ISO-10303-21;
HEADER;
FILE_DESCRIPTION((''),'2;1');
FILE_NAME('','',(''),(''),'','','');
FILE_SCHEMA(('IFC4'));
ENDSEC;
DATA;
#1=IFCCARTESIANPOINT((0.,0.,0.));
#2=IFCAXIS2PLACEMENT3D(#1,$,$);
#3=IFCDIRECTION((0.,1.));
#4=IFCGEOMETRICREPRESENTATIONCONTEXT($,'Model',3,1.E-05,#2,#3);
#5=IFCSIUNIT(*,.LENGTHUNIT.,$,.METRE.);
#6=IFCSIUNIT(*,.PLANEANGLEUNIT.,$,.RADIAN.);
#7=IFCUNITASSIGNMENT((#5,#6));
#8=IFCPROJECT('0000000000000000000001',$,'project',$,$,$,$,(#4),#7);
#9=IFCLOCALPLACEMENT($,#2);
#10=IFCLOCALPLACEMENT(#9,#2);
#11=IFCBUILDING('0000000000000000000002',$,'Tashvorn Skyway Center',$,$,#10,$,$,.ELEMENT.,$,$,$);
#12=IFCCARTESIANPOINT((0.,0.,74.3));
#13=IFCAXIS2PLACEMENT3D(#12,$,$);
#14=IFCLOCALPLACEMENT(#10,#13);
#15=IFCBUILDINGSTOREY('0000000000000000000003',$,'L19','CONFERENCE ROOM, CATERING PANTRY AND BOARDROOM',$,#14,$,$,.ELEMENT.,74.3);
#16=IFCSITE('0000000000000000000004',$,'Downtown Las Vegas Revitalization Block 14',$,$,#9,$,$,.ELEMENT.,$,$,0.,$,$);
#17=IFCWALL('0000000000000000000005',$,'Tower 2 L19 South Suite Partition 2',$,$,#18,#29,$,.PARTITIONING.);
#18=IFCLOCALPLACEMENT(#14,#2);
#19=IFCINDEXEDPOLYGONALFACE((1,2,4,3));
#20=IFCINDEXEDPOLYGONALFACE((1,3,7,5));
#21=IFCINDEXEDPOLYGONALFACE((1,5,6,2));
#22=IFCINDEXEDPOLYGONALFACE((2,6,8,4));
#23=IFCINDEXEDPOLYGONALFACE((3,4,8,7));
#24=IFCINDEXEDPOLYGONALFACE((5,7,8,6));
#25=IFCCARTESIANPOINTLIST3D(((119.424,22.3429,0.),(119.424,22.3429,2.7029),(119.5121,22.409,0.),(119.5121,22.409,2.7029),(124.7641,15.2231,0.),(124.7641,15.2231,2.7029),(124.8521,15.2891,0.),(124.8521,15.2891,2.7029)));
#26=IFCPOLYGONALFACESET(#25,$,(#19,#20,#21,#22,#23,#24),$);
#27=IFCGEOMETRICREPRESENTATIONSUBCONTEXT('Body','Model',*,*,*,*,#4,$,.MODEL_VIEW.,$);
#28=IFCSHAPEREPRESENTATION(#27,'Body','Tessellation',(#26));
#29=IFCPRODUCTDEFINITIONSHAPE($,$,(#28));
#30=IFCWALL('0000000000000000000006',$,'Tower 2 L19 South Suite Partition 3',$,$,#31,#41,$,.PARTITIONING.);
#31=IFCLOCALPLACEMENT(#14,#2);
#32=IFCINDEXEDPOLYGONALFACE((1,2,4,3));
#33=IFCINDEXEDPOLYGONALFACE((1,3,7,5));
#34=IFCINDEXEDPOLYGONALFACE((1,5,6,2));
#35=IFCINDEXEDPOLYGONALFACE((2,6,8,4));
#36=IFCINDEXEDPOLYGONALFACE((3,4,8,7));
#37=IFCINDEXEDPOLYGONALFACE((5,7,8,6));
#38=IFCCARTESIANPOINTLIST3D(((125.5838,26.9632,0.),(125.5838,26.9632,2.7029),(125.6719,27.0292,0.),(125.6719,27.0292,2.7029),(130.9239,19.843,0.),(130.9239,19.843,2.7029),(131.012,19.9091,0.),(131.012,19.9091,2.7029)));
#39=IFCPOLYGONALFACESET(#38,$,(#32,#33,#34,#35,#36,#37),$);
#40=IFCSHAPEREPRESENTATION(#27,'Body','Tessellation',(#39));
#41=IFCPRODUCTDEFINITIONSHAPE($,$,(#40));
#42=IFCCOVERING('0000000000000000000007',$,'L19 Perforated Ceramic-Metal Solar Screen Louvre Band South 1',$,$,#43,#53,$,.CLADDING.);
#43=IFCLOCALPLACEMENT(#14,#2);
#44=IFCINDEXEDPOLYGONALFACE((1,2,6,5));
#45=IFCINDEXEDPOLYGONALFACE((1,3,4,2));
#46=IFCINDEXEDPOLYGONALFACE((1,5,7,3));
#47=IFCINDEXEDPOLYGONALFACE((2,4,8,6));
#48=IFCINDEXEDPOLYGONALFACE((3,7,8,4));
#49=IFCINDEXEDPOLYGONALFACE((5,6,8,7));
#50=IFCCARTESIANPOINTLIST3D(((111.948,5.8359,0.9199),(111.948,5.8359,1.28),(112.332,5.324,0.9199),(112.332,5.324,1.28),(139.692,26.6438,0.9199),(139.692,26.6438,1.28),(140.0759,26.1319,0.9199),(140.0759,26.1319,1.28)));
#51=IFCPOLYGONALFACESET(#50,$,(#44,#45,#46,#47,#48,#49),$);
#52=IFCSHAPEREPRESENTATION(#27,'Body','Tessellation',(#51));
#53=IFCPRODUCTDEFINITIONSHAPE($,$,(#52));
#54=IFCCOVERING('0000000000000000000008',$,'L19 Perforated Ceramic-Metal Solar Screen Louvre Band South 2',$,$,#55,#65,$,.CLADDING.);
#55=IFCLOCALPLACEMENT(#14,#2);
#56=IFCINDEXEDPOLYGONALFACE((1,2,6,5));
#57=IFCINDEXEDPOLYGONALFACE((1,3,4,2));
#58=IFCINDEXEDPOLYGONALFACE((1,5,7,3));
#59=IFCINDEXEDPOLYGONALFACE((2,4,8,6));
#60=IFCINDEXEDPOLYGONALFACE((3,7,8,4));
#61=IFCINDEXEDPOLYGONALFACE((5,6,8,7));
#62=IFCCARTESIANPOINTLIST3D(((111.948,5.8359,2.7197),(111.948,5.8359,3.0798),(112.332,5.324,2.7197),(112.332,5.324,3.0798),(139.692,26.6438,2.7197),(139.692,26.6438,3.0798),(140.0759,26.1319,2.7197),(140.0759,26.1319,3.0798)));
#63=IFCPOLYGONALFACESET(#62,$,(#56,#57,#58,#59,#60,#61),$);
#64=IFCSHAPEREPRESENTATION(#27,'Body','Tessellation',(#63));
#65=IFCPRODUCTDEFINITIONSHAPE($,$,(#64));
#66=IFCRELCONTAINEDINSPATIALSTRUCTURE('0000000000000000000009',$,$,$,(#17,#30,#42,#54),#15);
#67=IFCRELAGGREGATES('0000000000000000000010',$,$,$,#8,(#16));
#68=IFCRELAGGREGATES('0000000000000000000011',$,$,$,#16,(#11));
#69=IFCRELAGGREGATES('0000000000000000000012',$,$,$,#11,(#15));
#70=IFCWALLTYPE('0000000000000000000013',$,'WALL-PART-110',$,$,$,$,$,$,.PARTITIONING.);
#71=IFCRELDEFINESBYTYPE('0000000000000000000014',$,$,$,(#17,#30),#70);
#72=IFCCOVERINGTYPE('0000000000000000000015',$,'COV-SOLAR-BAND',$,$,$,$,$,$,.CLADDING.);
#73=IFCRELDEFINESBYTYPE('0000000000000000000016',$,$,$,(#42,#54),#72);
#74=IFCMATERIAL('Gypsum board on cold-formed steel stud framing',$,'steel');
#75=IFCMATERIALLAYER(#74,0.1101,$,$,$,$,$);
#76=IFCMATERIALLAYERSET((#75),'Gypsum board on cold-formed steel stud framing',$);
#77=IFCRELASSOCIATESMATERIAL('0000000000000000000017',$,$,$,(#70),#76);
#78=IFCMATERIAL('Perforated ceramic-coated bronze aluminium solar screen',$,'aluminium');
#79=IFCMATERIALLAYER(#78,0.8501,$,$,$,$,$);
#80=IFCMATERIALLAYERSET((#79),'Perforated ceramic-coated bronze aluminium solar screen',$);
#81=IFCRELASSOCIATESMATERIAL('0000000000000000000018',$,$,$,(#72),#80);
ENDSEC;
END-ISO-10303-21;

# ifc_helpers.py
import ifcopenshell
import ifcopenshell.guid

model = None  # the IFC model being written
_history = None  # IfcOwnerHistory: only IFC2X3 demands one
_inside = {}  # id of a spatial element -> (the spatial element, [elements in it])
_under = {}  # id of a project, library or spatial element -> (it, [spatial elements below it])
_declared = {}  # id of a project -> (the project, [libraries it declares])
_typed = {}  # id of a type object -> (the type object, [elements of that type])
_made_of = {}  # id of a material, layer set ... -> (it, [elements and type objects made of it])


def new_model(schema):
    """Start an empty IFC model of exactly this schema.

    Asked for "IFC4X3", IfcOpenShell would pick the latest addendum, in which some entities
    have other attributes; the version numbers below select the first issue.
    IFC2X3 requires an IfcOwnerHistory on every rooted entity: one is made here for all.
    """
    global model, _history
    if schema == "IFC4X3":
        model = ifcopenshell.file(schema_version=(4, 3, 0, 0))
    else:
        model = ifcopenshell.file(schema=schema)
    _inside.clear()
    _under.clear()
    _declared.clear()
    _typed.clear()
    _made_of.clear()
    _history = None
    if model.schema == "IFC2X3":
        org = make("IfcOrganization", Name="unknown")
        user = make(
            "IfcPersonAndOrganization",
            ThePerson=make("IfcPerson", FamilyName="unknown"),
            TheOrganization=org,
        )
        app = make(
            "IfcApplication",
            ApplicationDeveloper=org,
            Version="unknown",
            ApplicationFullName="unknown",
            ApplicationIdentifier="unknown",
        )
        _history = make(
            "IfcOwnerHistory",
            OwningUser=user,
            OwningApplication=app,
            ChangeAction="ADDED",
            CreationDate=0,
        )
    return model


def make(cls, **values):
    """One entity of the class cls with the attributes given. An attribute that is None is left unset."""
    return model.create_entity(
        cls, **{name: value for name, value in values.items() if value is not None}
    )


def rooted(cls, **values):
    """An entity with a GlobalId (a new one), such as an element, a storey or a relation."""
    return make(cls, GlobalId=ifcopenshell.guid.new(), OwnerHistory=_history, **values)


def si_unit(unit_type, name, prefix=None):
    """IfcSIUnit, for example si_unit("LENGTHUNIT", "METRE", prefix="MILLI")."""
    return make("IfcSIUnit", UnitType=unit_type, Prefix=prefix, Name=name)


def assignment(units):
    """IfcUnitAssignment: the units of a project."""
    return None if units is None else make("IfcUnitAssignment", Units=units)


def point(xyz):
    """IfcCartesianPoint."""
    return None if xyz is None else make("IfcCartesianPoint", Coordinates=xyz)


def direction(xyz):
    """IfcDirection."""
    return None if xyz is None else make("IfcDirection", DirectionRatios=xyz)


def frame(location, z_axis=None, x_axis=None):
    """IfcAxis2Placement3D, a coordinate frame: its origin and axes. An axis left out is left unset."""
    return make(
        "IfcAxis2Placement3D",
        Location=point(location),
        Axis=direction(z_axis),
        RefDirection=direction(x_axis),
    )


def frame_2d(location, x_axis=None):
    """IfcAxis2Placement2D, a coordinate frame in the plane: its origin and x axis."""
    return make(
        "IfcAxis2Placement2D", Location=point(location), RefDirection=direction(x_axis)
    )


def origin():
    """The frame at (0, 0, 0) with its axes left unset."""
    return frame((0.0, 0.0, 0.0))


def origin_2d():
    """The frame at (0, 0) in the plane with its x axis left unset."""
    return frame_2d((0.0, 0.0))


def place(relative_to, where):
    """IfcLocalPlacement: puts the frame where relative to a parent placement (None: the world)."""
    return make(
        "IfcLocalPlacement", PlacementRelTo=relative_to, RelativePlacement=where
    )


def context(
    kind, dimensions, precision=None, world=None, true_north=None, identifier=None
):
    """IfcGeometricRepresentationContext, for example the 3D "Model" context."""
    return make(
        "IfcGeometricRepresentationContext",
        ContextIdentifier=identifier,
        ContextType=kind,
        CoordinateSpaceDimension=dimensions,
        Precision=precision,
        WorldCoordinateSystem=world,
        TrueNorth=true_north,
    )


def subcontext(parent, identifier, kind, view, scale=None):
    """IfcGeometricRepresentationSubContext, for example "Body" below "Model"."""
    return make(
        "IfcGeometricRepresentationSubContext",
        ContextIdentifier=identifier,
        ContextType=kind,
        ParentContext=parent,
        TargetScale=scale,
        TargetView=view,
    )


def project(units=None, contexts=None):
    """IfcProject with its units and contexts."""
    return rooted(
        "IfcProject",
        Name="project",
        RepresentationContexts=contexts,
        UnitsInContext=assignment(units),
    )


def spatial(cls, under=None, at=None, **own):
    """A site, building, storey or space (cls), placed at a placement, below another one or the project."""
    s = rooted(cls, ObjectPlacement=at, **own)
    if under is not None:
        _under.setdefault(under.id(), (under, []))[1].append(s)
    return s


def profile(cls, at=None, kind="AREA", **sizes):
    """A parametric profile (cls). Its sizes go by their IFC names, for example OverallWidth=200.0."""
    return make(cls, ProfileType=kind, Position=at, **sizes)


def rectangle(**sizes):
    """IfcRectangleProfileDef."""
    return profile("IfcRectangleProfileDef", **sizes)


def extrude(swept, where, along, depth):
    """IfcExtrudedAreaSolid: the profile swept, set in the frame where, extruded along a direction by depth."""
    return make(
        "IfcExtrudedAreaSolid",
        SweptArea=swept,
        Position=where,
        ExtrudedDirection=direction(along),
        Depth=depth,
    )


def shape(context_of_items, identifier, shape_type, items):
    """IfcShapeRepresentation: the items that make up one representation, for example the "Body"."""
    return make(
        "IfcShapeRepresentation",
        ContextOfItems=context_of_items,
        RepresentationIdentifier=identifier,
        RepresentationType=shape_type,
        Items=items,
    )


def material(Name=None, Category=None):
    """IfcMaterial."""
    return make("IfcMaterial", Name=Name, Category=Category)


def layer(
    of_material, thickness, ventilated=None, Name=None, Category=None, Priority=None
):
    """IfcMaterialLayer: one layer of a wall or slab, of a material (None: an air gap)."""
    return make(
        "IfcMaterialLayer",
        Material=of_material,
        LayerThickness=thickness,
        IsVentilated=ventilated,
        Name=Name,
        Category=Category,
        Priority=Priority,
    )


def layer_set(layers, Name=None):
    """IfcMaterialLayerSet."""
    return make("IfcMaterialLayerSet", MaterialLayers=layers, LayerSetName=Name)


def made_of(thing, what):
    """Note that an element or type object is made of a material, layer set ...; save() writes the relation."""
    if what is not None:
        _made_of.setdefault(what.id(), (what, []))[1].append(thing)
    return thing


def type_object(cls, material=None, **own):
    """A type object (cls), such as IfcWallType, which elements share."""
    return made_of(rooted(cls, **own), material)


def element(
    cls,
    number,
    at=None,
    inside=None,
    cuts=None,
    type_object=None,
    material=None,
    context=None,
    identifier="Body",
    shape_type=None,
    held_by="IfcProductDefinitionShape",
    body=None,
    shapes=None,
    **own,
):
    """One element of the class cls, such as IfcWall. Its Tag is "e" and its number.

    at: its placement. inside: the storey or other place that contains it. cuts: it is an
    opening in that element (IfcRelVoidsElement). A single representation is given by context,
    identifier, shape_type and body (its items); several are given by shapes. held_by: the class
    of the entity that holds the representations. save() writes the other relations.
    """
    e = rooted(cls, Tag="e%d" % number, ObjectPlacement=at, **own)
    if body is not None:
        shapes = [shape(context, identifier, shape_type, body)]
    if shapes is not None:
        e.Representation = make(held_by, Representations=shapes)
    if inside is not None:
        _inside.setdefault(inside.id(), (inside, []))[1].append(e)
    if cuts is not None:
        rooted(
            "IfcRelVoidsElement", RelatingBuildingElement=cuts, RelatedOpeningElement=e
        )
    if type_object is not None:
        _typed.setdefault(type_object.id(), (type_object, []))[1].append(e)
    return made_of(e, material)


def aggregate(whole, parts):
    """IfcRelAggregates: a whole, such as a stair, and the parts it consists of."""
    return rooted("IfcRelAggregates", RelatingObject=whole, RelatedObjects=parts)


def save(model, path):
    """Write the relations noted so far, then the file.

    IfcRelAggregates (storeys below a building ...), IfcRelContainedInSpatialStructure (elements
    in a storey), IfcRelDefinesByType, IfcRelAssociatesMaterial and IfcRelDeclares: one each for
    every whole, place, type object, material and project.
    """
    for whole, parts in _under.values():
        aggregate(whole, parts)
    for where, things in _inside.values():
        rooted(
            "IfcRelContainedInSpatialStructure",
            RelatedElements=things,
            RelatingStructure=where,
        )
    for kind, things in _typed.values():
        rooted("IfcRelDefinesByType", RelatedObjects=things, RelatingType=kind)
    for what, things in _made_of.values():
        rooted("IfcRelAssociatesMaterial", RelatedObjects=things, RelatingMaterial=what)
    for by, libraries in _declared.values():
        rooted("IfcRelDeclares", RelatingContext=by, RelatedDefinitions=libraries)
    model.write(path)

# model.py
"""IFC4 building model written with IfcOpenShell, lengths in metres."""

from ifc_helpers import new_model, si_unit, direction, frame, frame_2d, origin, origin_2d, place, context, subcontext, project, spatial, rectangle, extrude, material, layer, layer_set, type_object, element, save


model = new_model("IFC4")

# Units and contexts
model_context = context("Model", 3, precision=1e-05, world=origin(), true_north=direction((0.0, 1.0)))
body_context = subcontext(model_context, "Body", "Model", "MODEL_VIEW")
ifc_project = project(units=[si_unit("LENGTHUNIT", "METRE"), si_unit("PLANEANGLEUNIT", "RADIAN")], contexts=[model_context])

# Site, building, storey
site_placement = place(None, origin())
site = spatial("IfcSite", under=ifc_project, at=site_placement, Name="Downtown Las Vegas Revitalization Block 14", CompositionType="ELEMENT", RefElevation=0.0)
building_placement = place(site_placement, origin())
building = spatial("IfcBuilding", under=site, at=building_placement, Name="Tashvorn Skyway Center", CompositionType="ELEMENT")
storey_placement = place(building_placement, frame((0.0, 0.0, 74.3)))
storey = spatial("IfcBuildingStorey", under=building, at=storey_placement, Name="L19", Description="CONFERENCE ROOM, CATERING PANTRY AND BOARDROOM", CompositionType="ELEMENT", Elevation=74.3)

# Walls
ifc_material_1 = material(Name="Gypsum board on cold-formed steel stud framing", Category="steel")
ifc_layer_1 = layer(ifc_material_1, 0.1101)
ifc_layer_set_1 = layer_set([ifc_layer_1], Name="Gypsum board on cold-formed steel stud framing")
wall_type = type_object("IfcWallType", Name="WALL-PART-110", PredefinedType="PARTITIONING", material=ifc_layer_set_1)
wall_1_placement = place(storey_placement, frame((124.8081, 15.2561, 0.0), z_axis=(0.0, 0.0, 1.0), x_axis=(-0.600013, 0.79999, 0.0)))
element("IfcWall", 1, at=wall_1_placement, inside=storey, type_object=wall_type, Name="Tower 2 L19 South Suite Partition 2", PredefinedType="PARTITIONING", context=body_context, shape_type="SweptSolid", body=[
    extrude(rectangle(XDim=8.8999, YDim=0.1101, at=frame_2d((4.45, 0.0))), origin(), (0.0, 0.0, 1.0), 2.7029),
])
wall_2_placement = place(storey_placement, frame((130.968, 19.876, 0.0), z_axis=(0.0, 0.0, 1.0), x_axis=(-0.6, 0.8, 0.0)))
element("IfcWall", 2, at=wall_2_placement, inside=storey, type_object=wall_type, Name="Tower 2 L19 South Suite Partition 3", PredefinedType="PARTITIONING", context=body_context, shape_type="SweptSolid", body=[
    extrude(rectangle(XDim=8.9001, YDim=0.1101, at=frame_2d((4.4502, 0.0))), origin(), (0.0, 0.0, 1.0), 2.7029),
])

# Coverings
ifc_material_2 = material(Name="Perforated ceramic-coated bronze aluminium solar screen", Category="aluminium")
ifc_layer_2 = layer(ifc_material_2, 0.8501)
ifc_layer_set_2 = layer_set([ifc_layer_2], Name="Perforated ceramic-coated bronze aluminium solar screen")
covering_type = type_object("IfcCoveringType", Name="COV-SOLAR-BAND", PredefinedType="CLADDING", material=ifc_layer_set_2)
for number, where, z_axis, x_axis, name in (
    (3, (126.012, 15.9839, 0.9199), (0.0, 0.0, 1.0), (-0.8, -0.6, 0.0), "L19 Perforated Ceramic-Metal Solar Screen Louvre Band South 1"),
    (4, (126.012, 15.9839, 2.7197), (0.0, 0.0, 1.0), (-0.8, -0.6, 0.0), "L19 Perforated Ceramic-Metal Solar Screen Louvre Band South 2"),
):
    element("IfcCovering", number, at=place(storey_placement, frame(where, z_axis=z_axis, x_axis=x_axis)), inside=storey, type_object=covering_type, Name=name, PredefinedType="CLADDING", context=body_context, shape_type="SweptSolid", body=[
        extrude(rectangle(XDim=34.6799, YDim=0.6399, at=origin_2d()), origin(), (0.0, 0.0, 1.0), 0.3601),
    ])

save(model, "model.ifc")
